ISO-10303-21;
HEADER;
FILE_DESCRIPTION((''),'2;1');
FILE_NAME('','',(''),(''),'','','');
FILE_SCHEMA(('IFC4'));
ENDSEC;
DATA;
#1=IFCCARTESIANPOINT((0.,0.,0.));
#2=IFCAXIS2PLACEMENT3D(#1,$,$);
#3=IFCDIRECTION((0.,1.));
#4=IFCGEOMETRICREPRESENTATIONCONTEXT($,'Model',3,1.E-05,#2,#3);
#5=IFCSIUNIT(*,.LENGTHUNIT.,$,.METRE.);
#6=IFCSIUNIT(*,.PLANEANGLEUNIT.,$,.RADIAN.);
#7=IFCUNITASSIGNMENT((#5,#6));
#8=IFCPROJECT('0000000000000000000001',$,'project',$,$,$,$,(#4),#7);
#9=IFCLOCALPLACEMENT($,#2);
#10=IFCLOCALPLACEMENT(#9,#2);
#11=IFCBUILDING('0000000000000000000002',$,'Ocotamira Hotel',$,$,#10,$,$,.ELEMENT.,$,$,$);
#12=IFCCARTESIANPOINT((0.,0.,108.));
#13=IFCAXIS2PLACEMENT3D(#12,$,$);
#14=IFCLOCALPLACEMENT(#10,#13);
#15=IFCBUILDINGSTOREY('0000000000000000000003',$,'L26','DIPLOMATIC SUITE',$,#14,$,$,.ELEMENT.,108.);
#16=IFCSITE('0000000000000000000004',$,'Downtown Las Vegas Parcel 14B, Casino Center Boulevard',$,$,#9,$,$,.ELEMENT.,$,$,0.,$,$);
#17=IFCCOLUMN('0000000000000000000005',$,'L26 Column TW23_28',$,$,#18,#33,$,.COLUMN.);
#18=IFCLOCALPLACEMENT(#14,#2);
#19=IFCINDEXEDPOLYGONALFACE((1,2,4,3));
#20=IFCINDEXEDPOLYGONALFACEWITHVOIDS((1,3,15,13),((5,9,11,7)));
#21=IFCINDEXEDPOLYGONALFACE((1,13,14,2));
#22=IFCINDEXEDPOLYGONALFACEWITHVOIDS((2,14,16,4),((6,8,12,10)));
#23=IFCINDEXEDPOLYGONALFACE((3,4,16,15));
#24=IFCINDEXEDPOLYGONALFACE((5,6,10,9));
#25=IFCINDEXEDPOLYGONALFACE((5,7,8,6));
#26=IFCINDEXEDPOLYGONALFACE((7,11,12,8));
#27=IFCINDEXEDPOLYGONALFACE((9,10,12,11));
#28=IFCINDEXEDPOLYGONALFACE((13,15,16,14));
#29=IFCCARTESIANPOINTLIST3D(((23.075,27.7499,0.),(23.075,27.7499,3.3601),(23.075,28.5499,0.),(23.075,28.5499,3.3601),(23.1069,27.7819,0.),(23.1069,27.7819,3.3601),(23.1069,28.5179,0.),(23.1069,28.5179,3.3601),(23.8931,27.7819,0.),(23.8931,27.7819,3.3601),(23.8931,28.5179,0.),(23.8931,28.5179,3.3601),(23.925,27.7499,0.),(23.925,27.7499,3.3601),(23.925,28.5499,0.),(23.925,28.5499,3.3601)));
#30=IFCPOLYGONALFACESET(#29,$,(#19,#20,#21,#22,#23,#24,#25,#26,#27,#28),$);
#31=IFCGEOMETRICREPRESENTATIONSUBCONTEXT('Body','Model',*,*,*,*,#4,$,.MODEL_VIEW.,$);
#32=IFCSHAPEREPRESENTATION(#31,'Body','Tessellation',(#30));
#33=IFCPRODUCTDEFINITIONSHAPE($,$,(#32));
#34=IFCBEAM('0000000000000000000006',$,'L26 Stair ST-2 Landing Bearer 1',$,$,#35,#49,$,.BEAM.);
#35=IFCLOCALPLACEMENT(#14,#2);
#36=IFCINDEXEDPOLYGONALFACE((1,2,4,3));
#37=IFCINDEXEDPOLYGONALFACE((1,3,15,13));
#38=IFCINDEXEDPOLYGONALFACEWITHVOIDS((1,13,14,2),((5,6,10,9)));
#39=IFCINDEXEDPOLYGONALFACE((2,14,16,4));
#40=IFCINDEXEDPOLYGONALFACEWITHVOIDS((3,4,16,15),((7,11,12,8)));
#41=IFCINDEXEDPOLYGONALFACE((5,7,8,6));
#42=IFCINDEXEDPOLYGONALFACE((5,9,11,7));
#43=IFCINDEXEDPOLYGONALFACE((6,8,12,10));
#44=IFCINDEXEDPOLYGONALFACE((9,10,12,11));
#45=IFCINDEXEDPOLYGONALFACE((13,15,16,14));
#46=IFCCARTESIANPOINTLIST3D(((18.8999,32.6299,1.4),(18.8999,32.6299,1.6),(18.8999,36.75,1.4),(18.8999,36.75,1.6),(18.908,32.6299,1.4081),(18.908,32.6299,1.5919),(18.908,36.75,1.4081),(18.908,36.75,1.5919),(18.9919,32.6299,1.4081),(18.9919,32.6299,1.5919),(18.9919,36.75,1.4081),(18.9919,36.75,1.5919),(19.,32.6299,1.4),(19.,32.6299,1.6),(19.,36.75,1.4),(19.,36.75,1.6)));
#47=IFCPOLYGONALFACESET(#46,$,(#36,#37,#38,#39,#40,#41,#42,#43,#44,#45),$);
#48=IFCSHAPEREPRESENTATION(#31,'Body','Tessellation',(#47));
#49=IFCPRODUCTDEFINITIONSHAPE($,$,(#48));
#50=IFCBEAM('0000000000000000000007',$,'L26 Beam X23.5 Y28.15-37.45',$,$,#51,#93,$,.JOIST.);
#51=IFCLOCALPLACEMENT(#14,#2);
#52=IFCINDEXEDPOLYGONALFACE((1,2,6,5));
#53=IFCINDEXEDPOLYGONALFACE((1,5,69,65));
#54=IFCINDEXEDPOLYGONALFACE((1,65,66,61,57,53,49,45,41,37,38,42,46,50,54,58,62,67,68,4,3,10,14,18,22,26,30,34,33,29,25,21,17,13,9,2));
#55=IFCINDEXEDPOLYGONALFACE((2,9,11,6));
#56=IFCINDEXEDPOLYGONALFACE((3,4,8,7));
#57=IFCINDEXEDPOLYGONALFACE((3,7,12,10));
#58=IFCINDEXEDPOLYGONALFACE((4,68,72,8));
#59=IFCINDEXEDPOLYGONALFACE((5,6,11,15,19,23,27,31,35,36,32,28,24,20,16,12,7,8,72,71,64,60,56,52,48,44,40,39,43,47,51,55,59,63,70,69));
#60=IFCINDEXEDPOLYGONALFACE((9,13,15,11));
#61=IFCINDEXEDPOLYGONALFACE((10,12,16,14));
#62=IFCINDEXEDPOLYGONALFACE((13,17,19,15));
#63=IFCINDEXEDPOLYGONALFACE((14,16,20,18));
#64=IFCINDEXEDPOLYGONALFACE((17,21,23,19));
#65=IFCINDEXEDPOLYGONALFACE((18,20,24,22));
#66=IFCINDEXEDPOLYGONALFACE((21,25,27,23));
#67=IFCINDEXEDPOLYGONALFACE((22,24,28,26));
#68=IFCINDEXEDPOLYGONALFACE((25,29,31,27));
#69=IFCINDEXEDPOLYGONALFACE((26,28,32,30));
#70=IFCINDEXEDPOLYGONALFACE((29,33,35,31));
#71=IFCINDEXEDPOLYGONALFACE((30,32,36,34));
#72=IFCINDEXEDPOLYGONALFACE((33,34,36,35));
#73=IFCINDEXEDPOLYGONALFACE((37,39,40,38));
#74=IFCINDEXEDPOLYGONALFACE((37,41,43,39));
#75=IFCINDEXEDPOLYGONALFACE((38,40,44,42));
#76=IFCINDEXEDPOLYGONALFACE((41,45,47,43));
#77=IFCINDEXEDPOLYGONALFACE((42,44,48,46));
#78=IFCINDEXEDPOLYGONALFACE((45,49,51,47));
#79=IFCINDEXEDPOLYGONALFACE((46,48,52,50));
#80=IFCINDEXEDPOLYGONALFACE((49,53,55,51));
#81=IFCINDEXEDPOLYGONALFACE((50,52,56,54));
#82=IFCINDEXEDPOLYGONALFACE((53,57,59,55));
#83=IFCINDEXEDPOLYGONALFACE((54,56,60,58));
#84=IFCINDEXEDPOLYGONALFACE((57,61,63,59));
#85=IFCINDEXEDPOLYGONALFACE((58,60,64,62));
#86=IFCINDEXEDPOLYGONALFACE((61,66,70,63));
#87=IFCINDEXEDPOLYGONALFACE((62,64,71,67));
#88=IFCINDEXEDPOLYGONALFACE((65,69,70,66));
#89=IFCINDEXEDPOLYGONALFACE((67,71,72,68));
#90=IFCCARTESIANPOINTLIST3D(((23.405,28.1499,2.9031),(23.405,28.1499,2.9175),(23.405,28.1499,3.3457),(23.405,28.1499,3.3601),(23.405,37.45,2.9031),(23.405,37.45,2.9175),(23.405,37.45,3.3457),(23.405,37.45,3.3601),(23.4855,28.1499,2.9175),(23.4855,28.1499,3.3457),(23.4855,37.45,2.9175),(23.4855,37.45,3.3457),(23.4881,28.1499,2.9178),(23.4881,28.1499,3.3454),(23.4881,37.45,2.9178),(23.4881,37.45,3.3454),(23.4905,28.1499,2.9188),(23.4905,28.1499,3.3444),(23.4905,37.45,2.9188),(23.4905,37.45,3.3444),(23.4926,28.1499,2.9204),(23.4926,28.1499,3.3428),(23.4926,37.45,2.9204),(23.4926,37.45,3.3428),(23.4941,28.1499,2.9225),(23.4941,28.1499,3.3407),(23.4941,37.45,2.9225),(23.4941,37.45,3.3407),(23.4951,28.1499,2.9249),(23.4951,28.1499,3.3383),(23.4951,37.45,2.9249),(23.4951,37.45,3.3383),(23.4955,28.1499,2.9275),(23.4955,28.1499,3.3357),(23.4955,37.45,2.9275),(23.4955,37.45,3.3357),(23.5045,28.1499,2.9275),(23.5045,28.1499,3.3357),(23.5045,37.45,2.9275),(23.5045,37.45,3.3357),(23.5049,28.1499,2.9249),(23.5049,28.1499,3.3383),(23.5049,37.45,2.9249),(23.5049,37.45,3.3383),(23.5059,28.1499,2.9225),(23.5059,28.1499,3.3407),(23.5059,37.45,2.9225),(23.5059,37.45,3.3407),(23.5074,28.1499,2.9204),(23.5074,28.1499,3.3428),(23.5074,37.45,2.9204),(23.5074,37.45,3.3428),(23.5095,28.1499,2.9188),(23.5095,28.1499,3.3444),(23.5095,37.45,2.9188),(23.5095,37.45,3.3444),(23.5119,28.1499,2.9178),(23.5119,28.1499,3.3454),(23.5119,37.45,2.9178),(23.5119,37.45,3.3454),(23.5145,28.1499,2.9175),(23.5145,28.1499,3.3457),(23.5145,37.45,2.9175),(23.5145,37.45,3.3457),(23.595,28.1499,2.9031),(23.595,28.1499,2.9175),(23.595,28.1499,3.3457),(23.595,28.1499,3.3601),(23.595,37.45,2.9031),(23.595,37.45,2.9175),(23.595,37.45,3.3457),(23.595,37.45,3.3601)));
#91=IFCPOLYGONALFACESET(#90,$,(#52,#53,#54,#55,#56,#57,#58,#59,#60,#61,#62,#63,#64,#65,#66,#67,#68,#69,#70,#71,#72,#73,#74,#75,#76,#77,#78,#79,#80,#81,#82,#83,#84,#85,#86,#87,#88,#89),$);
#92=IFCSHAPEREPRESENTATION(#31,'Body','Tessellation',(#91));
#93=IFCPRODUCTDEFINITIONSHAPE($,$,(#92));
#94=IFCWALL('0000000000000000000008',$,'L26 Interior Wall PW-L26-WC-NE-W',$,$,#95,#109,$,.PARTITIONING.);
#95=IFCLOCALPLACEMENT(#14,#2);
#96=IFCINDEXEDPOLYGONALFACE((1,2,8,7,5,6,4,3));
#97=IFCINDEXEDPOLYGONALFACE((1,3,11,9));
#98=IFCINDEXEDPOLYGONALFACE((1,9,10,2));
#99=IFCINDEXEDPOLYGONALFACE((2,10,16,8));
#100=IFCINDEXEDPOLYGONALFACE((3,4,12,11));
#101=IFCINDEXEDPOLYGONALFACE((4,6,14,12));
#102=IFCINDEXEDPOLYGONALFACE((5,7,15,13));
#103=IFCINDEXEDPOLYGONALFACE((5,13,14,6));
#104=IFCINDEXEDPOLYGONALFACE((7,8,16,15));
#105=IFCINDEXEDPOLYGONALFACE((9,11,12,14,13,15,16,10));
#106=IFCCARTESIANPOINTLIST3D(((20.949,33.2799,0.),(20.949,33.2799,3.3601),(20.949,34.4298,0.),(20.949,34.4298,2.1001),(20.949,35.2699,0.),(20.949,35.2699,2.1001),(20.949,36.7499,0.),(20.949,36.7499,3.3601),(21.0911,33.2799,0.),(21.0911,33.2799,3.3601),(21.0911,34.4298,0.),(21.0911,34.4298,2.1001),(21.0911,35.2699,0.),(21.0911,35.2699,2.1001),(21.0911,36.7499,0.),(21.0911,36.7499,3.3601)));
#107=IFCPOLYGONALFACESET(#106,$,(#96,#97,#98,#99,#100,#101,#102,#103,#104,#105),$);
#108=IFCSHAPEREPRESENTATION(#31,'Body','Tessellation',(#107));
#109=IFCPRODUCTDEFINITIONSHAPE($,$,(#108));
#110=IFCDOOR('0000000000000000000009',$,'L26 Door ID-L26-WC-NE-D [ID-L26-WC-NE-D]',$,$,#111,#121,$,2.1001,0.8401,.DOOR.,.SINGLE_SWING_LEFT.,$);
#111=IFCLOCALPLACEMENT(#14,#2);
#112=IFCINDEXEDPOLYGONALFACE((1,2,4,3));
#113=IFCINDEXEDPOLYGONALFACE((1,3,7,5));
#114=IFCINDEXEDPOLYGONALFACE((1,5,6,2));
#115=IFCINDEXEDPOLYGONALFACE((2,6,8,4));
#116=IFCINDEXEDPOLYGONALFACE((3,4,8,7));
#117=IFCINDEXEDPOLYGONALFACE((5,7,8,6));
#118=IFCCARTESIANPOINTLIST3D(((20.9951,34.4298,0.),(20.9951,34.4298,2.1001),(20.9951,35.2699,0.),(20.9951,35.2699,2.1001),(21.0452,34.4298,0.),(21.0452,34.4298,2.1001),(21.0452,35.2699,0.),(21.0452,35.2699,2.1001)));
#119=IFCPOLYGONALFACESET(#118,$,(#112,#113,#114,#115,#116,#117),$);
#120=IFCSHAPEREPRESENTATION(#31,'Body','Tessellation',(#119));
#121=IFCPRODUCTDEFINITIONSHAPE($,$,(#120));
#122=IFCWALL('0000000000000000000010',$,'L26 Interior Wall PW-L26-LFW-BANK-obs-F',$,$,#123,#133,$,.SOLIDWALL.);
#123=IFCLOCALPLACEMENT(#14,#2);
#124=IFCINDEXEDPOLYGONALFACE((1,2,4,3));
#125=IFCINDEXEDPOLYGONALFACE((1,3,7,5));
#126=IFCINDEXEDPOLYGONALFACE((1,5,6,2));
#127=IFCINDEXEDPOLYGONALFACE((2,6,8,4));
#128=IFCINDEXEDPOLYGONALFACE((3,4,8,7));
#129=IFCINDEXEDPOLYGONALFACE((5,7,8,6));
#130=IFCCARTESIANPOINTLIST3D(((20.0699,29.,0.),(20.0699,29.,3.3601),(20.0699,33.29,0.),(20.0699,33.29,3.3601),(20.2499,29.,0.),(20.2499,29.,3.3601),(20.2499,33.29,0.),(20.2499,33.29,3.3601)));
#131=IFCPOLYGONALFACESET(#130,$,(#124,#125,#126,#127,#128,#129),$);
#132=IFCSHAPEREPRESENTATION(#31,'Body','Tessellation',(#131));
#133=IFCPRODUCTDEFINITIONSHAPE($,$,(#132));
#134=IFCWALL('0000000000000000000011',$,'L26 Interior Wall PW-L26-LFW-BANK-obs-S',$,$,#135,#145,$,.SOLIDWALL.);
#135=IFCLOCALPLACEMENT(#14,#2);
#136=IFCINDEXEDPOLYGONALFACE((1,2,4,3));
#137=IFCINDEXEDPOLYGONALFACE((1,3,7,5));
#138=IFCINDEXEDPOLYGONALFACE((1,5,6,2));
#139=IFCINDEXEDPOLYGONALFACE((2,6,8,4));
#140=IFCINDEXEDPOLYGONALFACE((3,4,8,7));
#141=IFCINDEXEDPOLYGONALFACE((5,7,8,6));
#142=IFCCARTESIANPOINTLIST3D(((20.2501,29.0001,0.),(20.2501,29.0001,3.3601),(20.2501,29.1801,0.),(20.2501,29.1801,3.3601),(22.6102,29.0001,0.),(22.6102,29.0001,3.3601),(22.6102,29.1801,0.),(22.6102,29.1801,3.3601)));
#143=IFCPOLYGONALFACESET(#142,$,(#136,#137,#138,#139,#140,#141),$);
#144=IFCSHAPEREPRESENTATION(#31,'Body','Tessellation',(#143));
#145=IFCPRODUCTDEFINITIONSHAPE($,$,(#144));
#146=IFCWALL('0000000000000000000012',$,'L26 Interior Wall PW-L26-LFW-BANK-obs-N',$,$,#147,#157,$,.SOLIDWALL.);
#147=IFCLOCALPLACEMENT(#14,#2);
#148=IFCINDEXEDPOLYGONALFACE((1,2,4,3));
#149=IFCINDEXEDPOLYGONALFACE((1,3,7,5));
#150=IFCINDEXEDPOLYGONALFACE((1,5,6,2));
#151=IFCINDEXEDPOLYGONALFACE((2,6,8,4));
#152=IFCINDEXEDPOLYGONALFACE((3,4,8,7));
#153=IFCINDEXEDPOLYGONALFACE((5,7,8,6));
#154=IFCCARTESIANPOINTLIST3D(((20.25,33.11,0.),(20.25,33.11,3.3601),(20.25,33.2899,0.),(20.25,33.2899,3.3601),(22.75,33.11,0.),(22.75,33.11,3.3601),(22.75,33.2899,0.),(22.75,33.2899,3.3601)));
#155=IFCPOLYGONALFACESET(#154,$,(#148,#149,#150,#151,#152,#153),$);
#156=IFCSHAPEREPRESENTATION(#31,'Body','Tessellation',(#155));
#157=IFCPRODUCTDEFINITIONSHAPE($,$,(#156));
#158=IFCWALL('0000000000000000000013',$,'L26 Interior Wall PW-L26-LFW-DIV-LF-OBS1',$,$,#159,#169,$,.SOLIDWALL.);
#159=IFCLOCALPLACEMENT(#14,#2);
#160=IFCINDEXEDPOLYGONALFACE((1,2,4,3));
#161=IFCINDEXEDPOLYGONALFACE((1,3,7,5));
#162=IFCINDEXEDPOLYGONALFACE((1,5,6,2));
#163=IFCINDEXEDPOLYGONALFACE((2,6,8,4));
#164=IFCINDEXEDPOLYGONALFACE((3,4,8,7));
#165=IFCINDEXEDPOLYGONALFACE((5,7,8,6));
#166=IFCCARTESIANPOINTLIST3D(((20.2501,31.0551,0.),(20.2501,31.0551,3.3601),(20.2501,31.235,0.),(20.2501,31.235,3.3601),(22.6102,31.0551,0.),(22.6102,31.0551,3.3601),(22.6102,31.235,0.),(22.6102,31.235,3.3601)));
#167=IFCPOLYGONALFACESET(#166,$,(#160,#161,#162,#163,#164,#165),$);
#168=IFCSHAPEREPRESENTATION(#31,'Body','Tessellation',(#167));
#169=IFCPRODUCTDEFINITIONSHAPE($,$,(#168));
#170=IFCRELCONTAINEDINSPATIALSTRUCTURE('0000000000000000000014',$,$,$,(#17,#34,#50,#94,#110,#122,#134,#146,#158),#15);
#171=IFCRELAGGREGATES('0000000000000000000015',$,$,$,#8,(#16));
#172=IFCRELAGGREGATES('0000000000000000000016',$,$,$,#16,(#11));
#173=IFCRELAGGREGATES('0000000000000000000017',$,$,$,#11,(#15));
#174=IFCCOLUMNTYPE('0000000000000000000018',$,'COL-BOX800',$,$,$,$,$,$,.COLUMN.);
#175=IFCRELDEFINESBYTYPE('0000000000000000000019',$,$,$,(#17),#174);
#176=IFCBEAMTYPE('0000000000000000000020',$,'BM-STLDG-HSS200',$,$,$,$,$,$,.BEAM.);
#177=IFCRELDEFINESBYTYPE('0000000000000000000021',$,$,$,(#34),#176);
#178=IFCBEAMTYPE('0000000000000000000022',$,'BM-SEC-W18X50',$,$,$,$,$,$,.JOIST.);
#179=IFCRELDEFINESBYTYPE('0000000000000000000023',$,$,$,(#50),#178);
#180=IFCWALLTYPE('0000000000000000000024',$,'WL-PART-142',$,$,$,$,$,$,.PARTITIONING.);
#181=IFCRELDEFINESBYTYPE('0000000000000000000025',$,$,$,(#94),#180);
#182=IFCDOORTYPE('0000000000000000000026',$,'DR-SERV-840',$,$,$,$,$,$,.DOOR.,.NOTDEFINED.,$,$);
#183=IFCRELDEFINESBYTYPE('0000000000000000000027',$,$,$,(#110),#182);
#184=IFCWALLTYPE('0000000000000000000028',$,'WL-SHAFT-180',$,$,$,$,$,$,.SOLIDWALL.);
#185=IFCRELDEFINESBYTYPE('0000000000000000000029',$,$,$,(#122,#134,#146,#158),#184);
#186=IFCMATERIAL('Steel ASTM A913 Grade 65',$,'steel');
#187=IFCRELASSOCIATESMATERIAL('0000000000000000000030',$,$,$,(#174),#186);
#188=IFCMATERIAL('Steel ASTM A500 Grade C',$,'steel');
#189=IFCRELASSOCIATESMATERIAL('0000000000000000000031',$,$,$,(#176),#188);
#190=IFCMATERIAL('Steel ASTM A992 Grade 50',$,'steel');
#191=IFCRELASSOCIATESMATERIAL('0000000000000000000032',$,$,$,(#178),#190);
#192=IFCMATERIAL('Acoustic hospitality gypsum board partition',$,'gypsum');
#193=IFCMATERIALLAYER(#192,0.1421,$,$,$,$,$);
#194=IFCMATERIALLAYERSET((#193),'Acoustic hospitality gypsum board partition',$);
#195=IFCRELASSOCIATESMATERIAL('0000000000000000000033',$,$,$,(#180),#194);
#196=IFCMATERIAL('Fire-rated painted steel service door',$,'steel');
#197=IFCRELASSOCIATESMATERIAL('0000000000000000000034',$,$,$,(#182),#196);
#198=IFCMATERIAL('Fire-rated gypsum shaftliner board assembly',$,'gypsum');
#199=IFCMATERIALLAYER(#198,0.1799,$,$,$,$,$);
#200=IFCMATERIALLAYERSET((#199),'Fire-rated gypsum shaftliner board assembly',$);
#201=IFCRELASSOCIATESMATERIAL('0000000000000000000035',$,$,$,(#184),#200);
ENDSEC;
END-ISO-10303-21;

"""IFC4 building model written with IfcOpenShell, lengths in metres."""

from ifc_helpers import new_model, si_unit, direction, frame, frame_2d, origin, origin_2d, place, context, subcontext, project, spatial, rectangle, hollow_rectangle, i_section, extrude, source, transform, mapped, material, layer, layer_set, material_profile, profile_set, type_object, element, fill, save


model = new_model("IFC4")

# Units and contexts
model_context = context("Model", 3, precision=1e-05, world=origin(), true_north=direction((0.0, 1.0)))
body_context = subcontext(model_context, "Body", "Model", "MODEL_VIEW")
ifc_project = project(units=[si_unit("LENGTHUNIT", "METRE"), si_unit("PLANEANGLEUNIT", "RADIAN")], contexts=[model_context])

# Site, building, storey
site_placement = place(None, origin())
site = spatial("IfcSite", under=ifc_project, at=site_placement, Name="Downtown Las Vegas Parcel 14B, Casino Center Boulevard", CompositionType="ELEMENT", RefElevation=0.0)
building_placement = place(site_placement, origin())
building = spatial("IfcBuilding", under=site, at=building_placement, Name="Ocotamira Hotel", CompositionType="ELEMENT")
storey_placement = place(building_placement, frame((0.0, 0.0, 108.0)))
storey = spatial("IfcBuildingStorey", under=building, at=storey_placement, Name="L26", Description="DIPLOMATIC SUITE", CompositionType="ELEMENT", Elevation=108.0)

# Column
ifc_material_1 = material(Name="Steel ASTM A913 Grade 65", Category="steel")
ifc_material_profile_1 = material_profile(ifc_material_1, hollow_rectangle(XDim=0.8501, YDim=0.8, WallThickness=0.032, at=origin_2d()), Name="BOX800X850X32")
ifc_profile_set_1 = profile_set([ifc_material_profile_1], Name="Steel ASTM A913 Grade 65")
column_type = type_object("IfcColumnType", Name="COL-BOX800", PredefinedType="COLUMN", material=ifc_profile_set_1)
shared_shape_1 = source(origin(), body_context, "Body", "SweptSolid", [
    extrude(hollow_rectangle(XDim=0.8501, YDim=0.8, WallThickness=0.032, at=origin_2d()), origin(), (0.0, 0.0, 1.0), 3.3601),
])
column_placement = place(storey_placement, frame((23.5, 28.1499, 0.0), z_axis=(0.0, 0.0, 1.0), x_axis=(1.0, 0.0, 0.0)))
element("IfcColumn", 1, at=column_placement, inside=storey, type_object=column_type, Name="L26 Column TW23_28", PredefinedType="COLUMN", context=body_context, shape_type="MappedRepresentation", body=[
    mapped(shared_shape_1, transform((0.0, 0.0, 0.0), scale=1.0)),
])

# Beams
ifc_material_2 = material(Name="Steel ASTM A500 Grade C", Category="steel")
ifc_material_profile_2 = material_profile(ifc_material_2, hollow_rectangle(XDim=0.1001, YDim=0.2, WallThickness=0.0081, at=origin_2d()), Name="HSS200X100X8")
ifc_profile_set_2 = profile_set([ifc_material_profile_2], Name="Steel ASTM A500 Grade C")
beam_type_1 = type_object("IfcBeamType", Name="BM-STLDG-HSS200", PredefinedType="BEAM", material=ifc_profile_set_2)
shared_shape_2 = source(origin(), body_context, "Body", "SweptSolid", [
    extrude(hollow_rectangle(XDim=0.1001, YDim=0.2, WallThickness=0.0081, at=origin_2d()), origin(), (0.0, 0.0, 1.0), 4.1201),
])
beam_1_placement = place(storey_placement, frame((18.95, 32.6299, 1.5), z_axis=(0.0, 1.0, 0.0), x_axis=(-1.0, 0.0, 0.0)))
element("IfcBeam", 2, at=beam_1_placement, inside=storey, type_object=beam_type_1, Name="L26 Stair ST-2 Landing Bearer 1", PredefinedType="BEAM", context=body_context, shape_type="MappedRepresentation", body=[
    mapped(shared_shape_2, transform((0.0, 0.0, 0.0), scale=1.0)),
])
ifc_material_3 = material(Name="Steel ASTM A992 Grade 50", Category="steel")
ifc_material_profile_3 = material_profile(ifc_material_3, i_section(OverallWidth=0.1899, OverallDepth=0.457, WebThickness=0.009, FlangeThickness=0.0144, FilletRadius=0.01, at=origin_2d()), Name="W18X50")
ifc_profile_set_3 = profile_set([ifc_material_profile_3], Name="Steel ASTM A992 Grade 50")
beam_type_2 = type_object("IfcBeamType", Name="BM-SEC-W18X50", PredefinedType="JOIST", material=ifc_profile_set_3)
shared_shape_3 = source(origin(), body_context, "Body", "SweptSolid", [
    extrude(i_section(OverallWidth=0.1899, OverallDepth=0.457, WebThickness=0.009, FlangeThickness=0.0144, FilletRadius=0.01, at=origin_2d()), origin(), (0.0, 0.0, 1.0), 9.3),
])
beam_2_placement = place(storey_placement, frame((23.5, 28.1499, 3.1316), z_axis=(0.0, 1.0, 0.0), x_axis=(-1.0, 0.0, 0.0)))
element("IfcBeam", 3, at=beam_2_placement, inside=storey, type_object=beam_type_2, Name="L26 Beam X23.5 Y28.15-37.45", PredefinedType="JOIST", context=body_context, shape_type="MappedRepresentation", body=[
    mapped(shared_shape_3, transform((0.0, 0.0, 0.0), scale=1.0)),
])

# Wall, opening, door
ifc_material_4 = material(Name="Acoustic hospitality gypsum board partition", Category="gypsum")
ifc_layer_1 = layer(ifc_material_4, 0.1421)
ifc_layer_set_1 = layer_set([ifc_layer_1], Name="Acoustic hospitality gypsum board partition")
wall_type_1 = type_object("IfcWallType", Name="WL-PART-142", PredefinedType="PARTITIONING", material=ifc_layer_set_1)
wall_1_placement = place(storey_placement, frame((21.02, 33.28, 0.0), z_axis=(0.0, 0.0, 1.0), x_axis=(0.0, 1.0, 0.0)))
wall_1 = element("IfcWall", 4, at=wall_1_placement, inside=storey, type_object=wall_type_1, Name="L26 Interior Wall PW-L26-WC-NE-W", PredefinedType="PARTITIONING", context=body_context, shape_type="SweptSolid", body=[
    extrude(rectangle(XDim=3.47, YDim=0.1421, at=frame_2d((1.7349, 0.0))), origin(), (0.0, 0.0, 1.0), 3.3601),
])
opening_1_placement = place(wall_1_placement, frame((1.1499, 0.0, 0.0)))
opening_1 = element("IfcOpeningElement", 5, at=opening_1_placement, cuts=wall_1, PredefinedType="OPENING", context=body_context, shape_type="SweptSolid", body=[
    extrude(rectangle(XDim=0.8401, YDim=2.1001, at=frame_2d((0.4199, 1.05))), frame((0.0, 0.0811, 0.0), z_axis=(0.0, -1.0, 0.0), x_axis=(1.0, 0.0, 0.0)), (0.0, 0.0, 1.0), 0.1621),
])
ifc_material_5 = material(Name="Fire-rated painted steel service door", Category="steel")
door_type_1 = type_object("IfcDoorType", Name="DR-SERV-840", OperationType="NOTDEFINED", PredefinedType="DOOR", material=ifc_material_5)
shared_shape_4 = source(origin(), body_context, "Body", "SweptSolid", [
    extrude(rectangle(XDim=0.8401, YDim=2.1001, at=frame_2d((0.4199, 1.05))), frame((0.0, 0.0249, 0.0), z_axis=(0.0, -1.0, 0.0), x_axis=(1.0, 0.0, 0.0)), (0.0, 0.0, 1.0), 0.05),
])
door_1_placement = place(opening_1_placement, origin())
door_1 = element("IfcDoor", 6, at=door_1_placement, inside=storey, type_object=door_type_1, Name="L26 Door ID-L26-WC-NE-D [ID-L26-WC-NE-D]", OperationType="SINGLE_SWING_LEFT", OverallHeight=2.1001, OverallWidth=0.8401, PredefinedType="DOOR", context=body_context, shape_type="MappedRepresentation", body=[
    mapped(shared_shape_4, transform((0.0, 0.0, 0.0), scale=1.0)),
])
fill(opening_1, door_1)

# Walls
ifc_material_6 = material(Name="Fire-rated gypsum shaftliner board assembly", Category="gypsum")
ifc_layer_2 = layer(ifc_material_6, 0.1799)
ifc_layer_set_2 = layer_set([ifc_layer_2], Name="Fire-rated gypsum shaftliner board assembly")
wall_type_2 = type_object("IfcWallType", Name="WL-SHAFT-180", PredefinedType="SOLIDWALL", material=ifc_layer_set_2)
wall_2_placement = place(storey_placement, frame((20.1599, 29.0, 0.0), z_axis=(0.0, 0.0, 1.0), x_axis=(0.0, 1.0, 0.0)))
element("IfcWall", 7, at=wall_2_placement, inside=storey, type_object=wall_type_2, Name="L26 Interior Wall PW-L26-LFW-BANK-obs-F", PredefinedType="SOLIDWALL", context=body_context, shape_type="SweptSolid", body=[
    extrude(rectangle(XDim=4.29, YDim=0.1799, at=frame_2d((2.145, 0.0))), origin(), (0.0, 0.0, 1.0), 3.3601),
])
wall_3_placement = place(storey_placement, frame((20.25, 29.0901, 0.0), z_axis=(0.0, 0.0, 1.0), x_axis=(1.0, 0.0, 0.0)))
element("IfcWall", 8, at=wall_3_placement, inside=storey, type_object=wall_type_2, Name="L26 Interior Wall PW-L26-LFW-BANK-obs-S", PredefinedType="SOLIDWALL", context=body_context, shape_type="SweptSolid", body=[
    extrude(rectangle(XDim=2.3601, YDim=0.1799, at=frame_2d((1.1802, 0.0))), origin(), (0.0, 0.0, 1.0), 3.3601),
])
wall_4_placement = place(storey_placement, frame((20.25, 33.2, 0.0), z_axis=(0.0, 0.0, 1.0), x_axis=(1.0, 0.0, 0.0)))
element("IfcWall", 9, at=wall_4_placement, inside=storey, type_object=wall_type_2, Name="L26 Interior Wall PW-L26-LFW-BANK-obs-N", PredefinedType="SOLIDWALL", context=body_context, shape_type="SweptSolid", body=[
    extrude(rectangle(XDim=2.5, YDim=0.1799, at=frame_2d((1.25, 0.0))), origin(), (0.0, 0.0, 1.0), 3.3601),
])
wall_5_placement = place(storey_placement, frame((20.25, 31.145, 0.0), z_axis=(0.0, 0.0, 1.0), x_axis=(1.0, 0.0, 0.0)))
element("IfcWall", 10, at=wall_5_placement, inside=storey, type_object=wall_type_2, Name="L26 Interior Wall PW-L26-LFW-DIV-LF-OBS1", PredefinedType="SOLIDWALL", context=body_context, shape_type="SweptSolid", body=[
    extrude(rectangle(XDim=2.3601, YDim=0.1799, at=frame_2d((1.1802, 0.0))), origin(), (0.0, 0.0, 1.0), 3.3601),
])

save(model, "model.ifc")
